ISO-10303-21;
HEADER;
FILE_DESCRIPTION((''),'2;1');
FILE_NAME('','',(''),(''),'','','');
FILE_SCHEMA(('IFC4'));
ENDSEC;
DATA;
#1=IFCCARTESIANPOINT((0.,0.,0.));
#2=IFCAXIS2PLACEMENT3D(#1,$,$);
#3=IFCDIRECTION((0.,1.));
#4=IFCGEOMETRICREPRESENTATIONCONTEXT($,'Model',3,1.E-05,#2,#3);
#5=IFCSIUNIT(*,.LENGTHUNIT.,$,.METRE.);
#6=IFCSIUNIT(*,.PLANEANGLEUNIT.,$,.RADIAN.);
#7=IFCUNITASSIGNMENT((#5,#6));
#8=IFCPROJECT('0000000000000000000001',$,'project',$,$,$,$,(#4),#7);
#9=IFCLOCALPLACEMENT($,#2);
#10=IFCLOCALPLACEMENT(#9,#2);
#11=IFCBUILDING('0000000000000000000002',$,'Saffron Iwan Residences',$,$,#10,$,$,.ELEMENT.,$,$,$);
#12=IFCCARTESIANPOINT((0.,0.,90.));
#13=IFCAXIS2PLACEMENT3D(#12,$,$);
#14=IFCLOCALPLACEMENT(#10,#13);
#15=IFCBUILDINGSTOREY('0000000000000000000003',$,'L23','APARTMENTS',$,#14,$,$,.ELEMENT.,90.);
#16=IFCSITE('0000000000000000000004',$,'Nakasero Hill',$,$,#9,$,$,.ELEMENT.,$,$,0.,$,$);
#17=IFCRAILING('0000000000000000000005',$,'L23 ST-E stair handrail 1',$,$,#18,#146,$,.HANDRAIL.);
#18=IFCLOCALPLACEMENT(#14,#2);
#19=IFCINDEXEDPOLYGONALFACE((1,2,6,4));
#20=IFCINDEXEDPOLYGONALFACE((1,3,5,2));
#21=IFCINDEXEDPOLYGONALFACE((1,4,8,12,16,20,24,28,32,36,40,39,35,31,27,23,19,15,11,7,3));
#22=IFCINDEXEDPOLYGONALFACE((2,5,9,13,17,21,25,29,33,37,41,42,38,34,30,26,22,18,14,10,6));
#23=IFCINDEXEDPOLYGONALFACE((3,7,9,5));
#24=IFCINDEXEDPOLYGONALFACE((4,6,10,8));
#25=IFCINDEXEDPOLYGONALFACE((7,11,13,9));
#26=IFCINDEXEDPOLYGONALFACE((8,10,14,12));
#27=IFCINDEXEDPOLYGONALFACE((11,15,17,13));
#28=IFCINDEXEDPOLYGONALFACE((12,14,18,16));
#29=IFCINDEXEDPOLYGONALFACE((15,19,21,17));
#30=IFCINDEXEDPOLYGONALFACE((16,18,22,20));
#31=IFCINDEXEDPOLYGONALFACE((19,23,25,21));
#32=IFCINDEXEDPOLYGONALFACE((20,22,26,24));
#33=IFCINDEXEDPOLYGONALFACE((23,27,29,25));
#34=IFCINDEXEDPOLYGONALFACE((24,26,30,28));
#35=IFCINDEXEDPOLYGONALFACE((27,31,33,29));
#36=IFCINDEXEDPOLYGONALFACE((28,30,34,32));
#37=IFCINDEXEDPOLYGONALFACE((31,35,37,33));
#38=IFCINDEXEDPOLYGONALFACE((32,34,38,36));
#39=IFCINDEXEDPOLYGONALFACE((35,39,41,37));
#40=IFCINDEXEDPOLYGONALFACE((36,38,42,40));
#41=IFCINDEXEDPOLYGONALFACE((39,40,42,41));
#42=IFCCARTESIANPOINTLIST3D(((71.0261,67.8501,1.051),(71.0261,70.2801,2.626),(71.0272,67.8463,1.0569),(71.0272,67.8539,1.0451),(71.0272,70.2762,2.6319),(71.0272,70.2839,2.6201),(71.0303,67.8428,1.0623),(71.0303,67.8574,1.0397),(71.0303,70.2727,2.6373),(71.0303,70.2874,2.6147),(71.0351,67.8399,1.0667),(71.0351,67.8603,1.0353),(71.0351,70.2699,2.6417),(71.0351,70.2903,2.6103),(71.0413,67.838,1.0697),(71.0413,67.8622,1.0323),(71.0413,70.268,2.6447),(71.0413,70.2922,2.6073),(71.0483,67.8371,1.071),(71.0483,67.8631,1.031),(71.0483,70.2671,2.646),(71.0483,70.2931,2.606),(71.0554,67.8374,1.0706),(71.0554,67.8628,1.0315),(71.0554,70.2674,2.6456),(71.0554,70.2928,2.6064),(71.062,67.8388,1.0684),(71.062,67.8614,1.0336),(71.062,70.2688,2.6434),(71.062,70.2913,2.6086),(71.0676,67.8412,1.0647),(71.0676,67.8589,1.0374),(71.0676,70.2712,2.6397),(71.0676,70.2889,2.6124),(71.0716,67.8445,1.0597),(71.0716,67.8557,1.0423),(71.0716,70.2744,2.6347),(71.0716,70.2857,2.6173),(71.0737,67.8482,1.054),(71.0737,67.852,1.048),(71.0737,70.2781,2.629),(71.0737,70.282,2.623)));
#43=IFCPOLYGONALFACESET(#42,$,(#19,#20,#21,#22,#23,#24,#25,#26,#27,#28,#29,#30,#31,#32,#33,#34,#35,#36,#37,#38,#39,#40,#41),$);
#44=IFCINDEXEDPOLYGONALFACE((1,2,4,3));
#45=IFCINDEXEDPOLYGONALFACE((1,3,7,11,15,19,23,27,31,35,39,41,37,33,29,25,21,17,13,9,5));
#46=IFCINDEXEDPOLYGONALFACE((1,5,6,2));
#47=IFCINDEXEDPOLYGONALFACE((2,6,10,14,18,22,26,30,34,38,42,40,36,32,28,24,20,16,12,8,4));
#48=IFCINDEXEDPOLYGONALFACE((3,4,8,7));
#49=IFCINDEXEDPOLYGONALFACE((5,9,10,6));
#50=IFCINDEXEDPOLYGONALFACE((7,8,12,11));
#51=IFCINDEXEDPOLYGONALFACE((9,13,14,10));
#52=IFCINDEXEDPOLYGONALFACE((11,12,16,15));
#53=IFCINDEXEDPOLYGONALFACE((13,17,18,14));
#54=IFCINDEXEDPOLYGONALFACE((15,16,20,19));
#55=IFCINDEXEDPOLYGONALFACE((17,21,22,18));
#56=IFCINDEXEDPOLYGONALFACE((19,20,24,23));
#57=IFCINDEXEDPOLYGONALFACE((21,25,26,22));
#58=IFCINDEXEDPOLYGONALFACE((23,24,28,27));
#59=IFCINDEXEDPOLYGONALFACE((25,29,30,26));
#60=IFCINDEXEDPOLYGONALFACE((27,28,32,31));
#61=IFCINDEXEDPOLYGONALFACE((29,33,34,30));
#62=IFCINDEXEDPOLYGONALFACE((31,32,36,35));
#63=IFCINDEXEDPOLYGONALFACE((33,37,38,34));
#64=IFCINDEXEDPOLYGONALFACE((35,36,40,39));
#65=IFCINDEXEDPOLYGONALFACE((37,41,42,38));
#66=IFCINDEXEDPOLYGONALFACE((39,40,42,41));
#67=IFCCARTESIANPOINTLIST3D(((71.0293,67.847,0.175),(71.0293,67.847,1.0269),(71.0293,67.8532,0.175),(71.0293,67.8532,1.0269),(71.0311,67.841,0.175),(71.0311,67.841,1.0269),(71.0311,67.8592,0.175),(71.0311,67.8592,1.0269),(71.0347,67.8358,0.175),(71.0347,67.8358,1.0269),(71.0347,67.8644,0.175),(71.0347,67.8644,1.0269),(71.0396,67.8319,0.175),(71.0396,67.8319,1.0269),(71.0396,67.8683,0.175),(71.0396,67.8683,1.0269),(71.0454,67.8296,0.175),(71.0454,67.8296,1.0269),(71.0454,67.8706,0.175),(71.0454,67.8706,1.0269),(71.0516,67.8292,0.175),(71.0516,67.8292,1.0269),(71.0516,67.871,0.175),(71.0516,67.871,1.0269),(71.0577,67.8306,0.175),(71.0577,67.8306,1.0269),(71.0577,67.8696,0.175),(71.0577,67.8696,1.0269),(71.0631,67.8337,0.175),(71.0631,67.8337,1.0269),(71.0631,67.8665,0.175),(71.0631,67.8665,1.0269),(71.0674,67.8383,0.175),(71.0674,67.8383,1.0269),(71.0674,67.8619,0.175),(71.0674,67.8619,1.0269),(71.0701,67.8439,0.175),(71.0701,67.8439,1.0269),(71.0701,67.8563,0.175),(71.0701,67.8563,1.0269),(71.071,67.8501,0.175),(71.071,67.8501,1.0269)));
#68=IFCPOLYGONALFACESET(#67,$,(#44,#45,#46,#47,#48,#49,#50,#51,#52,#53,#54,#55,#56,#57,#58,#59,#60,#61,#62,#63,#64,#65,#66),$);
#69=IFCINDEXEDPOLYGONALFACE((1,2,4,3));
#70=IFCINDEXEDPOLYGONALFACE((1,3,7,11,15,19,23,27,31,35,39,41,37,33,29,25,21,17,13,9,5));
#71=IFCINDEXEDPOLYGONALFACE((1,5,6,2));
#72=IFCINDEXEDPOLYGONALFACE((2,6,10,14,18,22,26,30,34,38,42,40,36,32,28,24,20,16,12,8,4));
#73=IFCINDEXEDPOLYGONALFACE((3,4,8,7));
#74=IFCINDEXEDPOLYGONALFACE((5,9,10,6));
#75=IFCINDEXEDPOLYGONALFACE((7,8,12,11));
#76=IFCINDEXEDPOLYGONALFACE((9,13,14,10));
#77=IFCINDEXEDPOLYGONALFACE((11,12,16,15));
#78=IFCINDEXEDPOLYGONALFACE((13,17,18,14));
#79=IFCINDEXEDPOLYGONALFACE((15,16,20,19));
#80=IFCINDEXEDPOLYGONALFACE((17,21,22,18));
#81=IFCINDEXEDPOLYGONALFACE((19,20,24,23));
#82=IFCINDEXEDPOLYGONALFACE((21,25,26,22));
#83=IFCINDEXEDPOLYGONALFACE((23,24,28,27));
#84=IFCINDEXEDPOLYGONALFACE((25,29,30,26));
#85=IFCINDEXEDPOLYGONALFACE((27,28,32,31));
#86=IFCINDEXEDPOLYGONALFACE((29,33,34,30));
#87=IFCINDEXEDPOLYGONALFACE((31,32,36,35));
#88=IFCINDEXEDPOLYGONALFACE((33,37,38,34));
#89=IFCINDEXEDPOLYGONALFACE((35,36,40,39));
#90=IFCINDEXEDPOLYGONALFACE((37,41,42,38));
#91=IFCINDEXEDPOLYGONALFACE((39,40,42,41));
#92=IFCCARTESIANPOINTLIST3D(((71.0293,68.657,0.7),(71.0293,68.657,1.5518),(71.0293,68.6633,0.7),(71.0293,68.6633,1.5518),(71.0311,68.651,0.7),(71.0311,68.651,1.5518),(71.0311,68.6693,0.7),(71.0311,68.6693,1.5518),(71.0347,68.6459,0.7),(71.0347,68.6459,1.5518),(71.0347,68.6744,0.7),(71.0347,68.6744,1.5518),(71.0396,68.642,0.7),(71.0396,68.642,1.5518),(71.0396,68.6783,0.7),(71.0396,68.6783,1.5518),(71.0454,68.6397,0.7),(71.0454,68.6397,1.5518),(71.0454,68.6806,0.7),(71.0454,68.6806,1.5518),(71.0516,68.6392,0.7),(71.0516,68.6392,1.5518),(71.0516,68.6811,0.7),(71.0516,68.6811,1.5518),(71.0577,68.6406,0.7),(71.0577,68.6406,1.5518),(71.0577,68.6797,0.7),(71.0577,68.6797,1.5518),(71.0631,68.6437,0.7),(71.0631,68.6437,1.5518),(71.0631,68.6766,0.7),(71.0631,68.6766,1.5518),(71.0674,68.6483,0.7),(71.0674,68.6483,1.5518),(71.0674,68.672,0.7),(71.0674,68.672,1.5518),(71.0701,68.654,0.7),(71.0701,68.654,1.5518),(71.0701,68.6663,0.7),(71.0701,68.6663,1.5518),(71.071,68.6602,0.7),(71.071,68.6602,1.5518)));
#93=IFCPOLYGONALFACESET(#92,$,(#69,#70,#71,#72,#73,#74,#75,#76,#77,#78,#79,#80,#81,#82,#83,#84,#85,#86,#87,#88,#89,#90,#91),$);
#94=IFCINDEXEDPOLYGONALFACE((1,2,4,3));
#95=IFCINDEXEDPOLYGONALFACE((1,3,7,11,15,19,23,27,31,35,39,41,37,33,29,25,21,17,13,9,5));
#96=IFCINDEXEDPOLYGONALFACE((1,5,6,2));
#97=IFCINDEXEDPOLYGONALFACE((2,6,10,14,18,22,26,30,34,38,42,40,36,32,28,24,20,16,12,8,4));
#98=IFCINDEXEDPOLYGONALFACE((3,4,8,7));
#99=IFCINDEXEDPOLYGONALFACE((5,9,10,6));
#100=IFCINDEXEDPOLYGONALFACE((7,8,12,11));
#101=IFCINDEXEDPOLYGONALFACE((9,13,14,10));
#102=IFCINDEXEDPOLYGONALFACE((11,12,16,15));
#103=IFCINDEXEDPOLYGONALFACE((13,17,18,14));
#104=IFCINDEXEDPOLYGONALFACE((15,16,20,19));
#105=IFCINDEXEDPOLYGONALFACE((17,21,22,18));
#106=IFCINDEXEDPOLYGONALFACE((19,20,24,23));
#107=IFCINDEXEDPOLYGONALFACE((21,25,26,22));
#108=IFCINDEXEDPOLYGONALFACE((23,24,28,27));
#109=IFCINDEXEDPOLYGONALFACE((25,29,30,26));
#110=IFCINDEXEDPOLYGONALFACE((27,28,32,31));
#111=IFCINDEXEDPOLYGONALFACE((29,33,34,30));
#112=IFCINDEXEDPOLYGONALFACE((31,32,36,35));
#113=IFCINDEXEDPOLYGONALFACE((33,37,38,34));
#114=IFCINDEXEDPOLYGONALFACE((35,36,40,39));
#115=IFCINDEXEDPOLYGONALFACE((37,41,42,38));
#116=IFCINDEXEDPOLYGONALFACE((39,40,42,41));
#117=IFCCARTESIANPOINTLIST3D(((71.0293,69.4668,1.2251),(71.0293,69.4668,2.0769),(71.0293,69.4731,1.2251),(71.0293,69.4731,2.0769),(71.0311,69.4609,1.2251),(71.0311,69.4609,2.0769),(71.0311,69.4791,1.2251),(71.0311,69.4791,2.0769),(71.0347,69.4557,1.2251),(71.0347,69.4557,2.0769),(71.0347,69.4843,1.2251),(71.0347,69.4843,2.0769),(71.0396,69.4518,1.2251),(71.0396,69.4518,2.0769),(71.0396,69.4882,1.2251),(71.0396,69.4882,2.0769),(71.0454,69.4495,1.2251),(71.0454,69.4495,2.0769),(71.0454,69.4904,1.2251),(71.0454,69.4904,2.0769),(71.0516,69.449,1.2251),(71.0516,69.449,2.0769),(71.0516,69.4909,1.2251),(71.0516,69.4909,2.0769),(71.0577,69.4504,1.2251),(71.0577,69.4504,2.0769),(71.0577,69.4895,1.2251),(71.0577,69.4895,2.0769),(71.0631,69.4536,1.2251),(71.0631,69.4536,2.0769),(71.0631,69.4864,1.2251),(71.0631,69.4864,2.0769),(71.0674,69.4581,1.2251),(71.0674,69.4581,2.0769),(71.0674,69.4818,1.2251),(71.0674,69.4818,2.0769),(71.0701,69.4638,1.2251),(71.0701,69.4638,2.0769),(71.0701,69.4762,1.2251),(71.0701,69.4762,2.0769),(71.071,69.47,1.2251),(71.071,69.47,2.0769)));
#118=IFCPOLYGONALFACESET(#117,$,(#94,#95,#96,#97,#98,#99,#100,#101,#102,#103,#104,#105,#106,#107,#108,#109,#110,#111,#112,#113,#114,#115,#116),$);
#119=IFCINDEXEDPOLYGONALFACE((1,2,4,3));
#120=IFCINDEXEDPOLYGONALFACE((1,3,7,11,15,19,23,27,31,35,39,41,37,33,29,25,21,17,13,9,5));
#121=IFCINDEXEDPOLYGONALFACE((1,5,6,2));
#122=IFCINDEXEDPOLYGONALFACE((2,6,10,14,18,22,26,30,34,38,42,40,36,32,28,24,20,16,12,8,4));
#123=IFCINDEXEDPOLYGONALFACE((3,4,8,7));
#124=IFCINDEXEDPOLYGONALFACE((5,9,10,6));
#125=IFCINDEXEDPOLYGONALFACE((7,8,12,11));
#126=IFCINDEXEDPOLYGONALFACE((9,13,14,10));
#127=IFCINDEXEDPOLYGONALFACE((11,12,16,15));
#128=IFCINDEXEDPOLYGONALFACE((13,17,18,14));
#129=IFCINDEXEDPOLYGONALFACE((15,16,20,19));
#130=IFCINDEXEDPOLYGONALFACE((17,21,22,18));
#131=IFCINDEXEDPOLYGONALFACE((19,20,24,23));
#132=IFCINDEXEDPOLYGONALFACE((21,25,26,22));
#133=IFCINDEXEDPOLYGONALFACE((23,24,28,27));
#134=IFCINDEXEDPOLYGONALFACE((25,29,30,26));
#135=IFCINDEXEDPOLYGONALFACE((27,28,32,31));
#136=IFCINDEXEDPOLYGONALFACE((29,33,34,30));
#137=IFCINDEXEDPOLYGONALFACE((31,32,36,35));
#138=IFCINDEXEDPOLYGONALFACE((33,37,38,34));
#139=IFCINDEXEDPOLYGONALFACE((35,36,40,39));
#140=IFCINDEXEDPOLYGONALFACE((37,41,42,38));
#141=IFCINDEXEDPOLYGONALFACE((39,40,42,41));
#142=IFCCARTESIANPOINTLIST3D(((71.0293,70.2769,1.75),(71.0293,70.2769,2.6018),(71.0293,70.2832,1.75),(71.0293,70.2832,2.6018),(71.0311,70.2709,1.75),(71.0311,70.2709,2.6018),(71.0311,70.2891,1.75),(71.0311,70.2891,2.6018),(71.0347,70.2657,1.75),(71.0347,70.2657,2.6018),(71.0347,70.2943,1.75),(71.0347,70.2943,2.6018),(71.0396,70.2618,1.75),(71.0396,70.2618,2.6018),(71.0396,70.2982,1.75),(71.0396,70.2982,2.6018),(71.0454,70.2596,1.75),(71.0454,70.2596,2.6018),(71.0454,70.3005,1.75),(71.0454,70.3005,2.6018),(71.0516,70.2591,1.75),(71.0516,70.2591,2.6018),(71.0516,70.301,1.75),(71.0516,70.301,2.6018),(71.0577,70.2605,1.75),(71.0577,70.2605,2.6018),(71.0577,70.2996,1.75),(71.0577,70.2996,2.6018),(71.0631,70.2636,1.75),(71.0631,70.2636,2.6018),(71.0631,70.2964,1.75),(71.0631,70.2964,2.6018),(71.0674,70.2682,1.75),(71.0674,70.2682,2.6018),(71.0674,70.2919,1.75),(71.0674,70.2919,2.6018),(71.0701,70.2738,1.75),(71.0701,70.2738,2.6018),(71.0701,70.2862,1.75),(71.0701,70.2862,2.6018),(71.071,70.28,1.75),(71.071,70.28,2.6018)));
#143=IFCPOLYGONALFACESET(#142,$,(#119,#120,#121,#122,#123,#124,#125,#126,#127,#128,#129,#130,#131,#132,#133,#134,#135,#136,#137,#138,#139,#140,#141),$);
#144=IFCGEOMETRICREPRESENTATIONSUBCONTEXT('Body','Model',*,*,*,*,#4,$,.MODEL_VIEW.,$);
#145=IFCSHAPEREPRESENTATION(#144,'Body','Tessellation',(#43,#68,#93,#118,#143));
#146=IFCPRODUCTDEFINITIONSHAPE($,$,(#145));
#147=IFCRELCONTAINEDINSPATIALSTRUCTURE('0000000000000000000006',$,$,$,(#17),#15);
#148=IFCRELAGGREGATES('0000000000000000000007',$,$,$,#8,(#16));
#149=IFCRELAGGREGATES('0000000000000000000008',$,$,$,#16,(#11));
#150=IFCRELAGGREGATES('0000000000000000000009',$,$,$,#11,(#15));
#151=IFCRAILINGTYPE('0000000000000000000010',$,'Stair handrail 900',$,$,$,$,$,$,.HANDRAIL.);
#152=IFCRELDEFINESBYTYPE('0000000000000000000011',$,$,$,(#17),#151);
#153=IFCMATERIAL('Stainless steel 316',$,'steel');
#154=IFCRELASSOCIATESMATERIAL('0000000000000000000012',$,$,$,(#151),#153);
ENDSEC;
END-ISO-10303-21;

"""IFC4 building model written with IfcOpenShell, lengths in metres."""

from ifc_helpers import new_model, si_unit, direction, frame, origin, origin_2d, place, context, subcontext, project, spatial, circle, extrude, material, type_object, element, save


model = new_model("IFC4")

# Units and contexts
model_context = context("Model", 3, precision=1e-05, world=origin(), true_north=direction((0.0, 1.0)))
body_context = subcontext(model_context, "Body", "Model", "MODEL_VIEW")
ifc_project = project(units=[si_unit("LENGTHUNIT", "METRE"), si_unit("PLANEANGLEUNIT", "RADIAN")], contexts=[model_context])

# Site, building, storey
site_placement = place(None, origin())
site = spatial("IfcSite", under=ifc_project, at=site_placement, Name="Nakasero Hill", CompositionType="ELEMENT", RefElevation=0.0)
building_placement = place(site_placement, origin())
building = spatial("IfcBuilding", under=site, at=building_placement, Name="Saffron Iwan Residences", CompositionType="ELEMENT")
storey_placement = place(building_placement, frame((0.0, 0.0, 90.0)))
storey = spatial("IfcBuildingStorey", under=building, at=storey_placement, Name="L23", Description="APARTMENTS", CompositionType="ELEMENT", Elevation=90.0)

# Railing
ifc_material_1 = material(Name="Stainless steel 316", Category="steel")
railing_type_1 = type_object("IfcRailingType", Name="Stair handrail 900", PredefinedType="HANDRAIL", material=ifc_material_1)
railing_1_placement = place(storey_placement, frame((71.05, 67.8501, 0.175)))
element("IfcRailing", 1, at=railing_1_placement, inside=storey, type_object=railing_type_1, Name="L23 ST-E stair handrail 1", PredefinedType="HANDRAIL", context=body_context, shape_type="SweptSolid", body=[
    extrude(circle(Radius=0.0239, at=origin_2d()), frame((0.0, 0.0, 0.876), z_axis=(0.0, 0.839154, 0.543894), x_axis=(-1.0, 0.0, 0.0)), (0.0, 0.0, 1.0), 2.8958),
    extrude(circle(Radius=0.021, at=origin_2d()), origin(), (0.0, 0.0, 1.0), 0.8518),
    extrude(circle(Radius=0.021, at=origin_2d()), frame((0.0, 0.8101, 0.5249)), (0.0, 0.0, 1.0), 0.8518),
    extrude(circle(Radius=0.021, at=origin_2d()), frame((0.0, 1.6199, 1.05)), (0.0, 0.0, 1.0), 0.8518),
    extrude(circle(Radius=0.021, at=origin_2d()), frame((0.0, 2.4299, 1.575)), (0.0, 0.0, 1.0), 0.8518),
])

save(model, "model.ifc")
